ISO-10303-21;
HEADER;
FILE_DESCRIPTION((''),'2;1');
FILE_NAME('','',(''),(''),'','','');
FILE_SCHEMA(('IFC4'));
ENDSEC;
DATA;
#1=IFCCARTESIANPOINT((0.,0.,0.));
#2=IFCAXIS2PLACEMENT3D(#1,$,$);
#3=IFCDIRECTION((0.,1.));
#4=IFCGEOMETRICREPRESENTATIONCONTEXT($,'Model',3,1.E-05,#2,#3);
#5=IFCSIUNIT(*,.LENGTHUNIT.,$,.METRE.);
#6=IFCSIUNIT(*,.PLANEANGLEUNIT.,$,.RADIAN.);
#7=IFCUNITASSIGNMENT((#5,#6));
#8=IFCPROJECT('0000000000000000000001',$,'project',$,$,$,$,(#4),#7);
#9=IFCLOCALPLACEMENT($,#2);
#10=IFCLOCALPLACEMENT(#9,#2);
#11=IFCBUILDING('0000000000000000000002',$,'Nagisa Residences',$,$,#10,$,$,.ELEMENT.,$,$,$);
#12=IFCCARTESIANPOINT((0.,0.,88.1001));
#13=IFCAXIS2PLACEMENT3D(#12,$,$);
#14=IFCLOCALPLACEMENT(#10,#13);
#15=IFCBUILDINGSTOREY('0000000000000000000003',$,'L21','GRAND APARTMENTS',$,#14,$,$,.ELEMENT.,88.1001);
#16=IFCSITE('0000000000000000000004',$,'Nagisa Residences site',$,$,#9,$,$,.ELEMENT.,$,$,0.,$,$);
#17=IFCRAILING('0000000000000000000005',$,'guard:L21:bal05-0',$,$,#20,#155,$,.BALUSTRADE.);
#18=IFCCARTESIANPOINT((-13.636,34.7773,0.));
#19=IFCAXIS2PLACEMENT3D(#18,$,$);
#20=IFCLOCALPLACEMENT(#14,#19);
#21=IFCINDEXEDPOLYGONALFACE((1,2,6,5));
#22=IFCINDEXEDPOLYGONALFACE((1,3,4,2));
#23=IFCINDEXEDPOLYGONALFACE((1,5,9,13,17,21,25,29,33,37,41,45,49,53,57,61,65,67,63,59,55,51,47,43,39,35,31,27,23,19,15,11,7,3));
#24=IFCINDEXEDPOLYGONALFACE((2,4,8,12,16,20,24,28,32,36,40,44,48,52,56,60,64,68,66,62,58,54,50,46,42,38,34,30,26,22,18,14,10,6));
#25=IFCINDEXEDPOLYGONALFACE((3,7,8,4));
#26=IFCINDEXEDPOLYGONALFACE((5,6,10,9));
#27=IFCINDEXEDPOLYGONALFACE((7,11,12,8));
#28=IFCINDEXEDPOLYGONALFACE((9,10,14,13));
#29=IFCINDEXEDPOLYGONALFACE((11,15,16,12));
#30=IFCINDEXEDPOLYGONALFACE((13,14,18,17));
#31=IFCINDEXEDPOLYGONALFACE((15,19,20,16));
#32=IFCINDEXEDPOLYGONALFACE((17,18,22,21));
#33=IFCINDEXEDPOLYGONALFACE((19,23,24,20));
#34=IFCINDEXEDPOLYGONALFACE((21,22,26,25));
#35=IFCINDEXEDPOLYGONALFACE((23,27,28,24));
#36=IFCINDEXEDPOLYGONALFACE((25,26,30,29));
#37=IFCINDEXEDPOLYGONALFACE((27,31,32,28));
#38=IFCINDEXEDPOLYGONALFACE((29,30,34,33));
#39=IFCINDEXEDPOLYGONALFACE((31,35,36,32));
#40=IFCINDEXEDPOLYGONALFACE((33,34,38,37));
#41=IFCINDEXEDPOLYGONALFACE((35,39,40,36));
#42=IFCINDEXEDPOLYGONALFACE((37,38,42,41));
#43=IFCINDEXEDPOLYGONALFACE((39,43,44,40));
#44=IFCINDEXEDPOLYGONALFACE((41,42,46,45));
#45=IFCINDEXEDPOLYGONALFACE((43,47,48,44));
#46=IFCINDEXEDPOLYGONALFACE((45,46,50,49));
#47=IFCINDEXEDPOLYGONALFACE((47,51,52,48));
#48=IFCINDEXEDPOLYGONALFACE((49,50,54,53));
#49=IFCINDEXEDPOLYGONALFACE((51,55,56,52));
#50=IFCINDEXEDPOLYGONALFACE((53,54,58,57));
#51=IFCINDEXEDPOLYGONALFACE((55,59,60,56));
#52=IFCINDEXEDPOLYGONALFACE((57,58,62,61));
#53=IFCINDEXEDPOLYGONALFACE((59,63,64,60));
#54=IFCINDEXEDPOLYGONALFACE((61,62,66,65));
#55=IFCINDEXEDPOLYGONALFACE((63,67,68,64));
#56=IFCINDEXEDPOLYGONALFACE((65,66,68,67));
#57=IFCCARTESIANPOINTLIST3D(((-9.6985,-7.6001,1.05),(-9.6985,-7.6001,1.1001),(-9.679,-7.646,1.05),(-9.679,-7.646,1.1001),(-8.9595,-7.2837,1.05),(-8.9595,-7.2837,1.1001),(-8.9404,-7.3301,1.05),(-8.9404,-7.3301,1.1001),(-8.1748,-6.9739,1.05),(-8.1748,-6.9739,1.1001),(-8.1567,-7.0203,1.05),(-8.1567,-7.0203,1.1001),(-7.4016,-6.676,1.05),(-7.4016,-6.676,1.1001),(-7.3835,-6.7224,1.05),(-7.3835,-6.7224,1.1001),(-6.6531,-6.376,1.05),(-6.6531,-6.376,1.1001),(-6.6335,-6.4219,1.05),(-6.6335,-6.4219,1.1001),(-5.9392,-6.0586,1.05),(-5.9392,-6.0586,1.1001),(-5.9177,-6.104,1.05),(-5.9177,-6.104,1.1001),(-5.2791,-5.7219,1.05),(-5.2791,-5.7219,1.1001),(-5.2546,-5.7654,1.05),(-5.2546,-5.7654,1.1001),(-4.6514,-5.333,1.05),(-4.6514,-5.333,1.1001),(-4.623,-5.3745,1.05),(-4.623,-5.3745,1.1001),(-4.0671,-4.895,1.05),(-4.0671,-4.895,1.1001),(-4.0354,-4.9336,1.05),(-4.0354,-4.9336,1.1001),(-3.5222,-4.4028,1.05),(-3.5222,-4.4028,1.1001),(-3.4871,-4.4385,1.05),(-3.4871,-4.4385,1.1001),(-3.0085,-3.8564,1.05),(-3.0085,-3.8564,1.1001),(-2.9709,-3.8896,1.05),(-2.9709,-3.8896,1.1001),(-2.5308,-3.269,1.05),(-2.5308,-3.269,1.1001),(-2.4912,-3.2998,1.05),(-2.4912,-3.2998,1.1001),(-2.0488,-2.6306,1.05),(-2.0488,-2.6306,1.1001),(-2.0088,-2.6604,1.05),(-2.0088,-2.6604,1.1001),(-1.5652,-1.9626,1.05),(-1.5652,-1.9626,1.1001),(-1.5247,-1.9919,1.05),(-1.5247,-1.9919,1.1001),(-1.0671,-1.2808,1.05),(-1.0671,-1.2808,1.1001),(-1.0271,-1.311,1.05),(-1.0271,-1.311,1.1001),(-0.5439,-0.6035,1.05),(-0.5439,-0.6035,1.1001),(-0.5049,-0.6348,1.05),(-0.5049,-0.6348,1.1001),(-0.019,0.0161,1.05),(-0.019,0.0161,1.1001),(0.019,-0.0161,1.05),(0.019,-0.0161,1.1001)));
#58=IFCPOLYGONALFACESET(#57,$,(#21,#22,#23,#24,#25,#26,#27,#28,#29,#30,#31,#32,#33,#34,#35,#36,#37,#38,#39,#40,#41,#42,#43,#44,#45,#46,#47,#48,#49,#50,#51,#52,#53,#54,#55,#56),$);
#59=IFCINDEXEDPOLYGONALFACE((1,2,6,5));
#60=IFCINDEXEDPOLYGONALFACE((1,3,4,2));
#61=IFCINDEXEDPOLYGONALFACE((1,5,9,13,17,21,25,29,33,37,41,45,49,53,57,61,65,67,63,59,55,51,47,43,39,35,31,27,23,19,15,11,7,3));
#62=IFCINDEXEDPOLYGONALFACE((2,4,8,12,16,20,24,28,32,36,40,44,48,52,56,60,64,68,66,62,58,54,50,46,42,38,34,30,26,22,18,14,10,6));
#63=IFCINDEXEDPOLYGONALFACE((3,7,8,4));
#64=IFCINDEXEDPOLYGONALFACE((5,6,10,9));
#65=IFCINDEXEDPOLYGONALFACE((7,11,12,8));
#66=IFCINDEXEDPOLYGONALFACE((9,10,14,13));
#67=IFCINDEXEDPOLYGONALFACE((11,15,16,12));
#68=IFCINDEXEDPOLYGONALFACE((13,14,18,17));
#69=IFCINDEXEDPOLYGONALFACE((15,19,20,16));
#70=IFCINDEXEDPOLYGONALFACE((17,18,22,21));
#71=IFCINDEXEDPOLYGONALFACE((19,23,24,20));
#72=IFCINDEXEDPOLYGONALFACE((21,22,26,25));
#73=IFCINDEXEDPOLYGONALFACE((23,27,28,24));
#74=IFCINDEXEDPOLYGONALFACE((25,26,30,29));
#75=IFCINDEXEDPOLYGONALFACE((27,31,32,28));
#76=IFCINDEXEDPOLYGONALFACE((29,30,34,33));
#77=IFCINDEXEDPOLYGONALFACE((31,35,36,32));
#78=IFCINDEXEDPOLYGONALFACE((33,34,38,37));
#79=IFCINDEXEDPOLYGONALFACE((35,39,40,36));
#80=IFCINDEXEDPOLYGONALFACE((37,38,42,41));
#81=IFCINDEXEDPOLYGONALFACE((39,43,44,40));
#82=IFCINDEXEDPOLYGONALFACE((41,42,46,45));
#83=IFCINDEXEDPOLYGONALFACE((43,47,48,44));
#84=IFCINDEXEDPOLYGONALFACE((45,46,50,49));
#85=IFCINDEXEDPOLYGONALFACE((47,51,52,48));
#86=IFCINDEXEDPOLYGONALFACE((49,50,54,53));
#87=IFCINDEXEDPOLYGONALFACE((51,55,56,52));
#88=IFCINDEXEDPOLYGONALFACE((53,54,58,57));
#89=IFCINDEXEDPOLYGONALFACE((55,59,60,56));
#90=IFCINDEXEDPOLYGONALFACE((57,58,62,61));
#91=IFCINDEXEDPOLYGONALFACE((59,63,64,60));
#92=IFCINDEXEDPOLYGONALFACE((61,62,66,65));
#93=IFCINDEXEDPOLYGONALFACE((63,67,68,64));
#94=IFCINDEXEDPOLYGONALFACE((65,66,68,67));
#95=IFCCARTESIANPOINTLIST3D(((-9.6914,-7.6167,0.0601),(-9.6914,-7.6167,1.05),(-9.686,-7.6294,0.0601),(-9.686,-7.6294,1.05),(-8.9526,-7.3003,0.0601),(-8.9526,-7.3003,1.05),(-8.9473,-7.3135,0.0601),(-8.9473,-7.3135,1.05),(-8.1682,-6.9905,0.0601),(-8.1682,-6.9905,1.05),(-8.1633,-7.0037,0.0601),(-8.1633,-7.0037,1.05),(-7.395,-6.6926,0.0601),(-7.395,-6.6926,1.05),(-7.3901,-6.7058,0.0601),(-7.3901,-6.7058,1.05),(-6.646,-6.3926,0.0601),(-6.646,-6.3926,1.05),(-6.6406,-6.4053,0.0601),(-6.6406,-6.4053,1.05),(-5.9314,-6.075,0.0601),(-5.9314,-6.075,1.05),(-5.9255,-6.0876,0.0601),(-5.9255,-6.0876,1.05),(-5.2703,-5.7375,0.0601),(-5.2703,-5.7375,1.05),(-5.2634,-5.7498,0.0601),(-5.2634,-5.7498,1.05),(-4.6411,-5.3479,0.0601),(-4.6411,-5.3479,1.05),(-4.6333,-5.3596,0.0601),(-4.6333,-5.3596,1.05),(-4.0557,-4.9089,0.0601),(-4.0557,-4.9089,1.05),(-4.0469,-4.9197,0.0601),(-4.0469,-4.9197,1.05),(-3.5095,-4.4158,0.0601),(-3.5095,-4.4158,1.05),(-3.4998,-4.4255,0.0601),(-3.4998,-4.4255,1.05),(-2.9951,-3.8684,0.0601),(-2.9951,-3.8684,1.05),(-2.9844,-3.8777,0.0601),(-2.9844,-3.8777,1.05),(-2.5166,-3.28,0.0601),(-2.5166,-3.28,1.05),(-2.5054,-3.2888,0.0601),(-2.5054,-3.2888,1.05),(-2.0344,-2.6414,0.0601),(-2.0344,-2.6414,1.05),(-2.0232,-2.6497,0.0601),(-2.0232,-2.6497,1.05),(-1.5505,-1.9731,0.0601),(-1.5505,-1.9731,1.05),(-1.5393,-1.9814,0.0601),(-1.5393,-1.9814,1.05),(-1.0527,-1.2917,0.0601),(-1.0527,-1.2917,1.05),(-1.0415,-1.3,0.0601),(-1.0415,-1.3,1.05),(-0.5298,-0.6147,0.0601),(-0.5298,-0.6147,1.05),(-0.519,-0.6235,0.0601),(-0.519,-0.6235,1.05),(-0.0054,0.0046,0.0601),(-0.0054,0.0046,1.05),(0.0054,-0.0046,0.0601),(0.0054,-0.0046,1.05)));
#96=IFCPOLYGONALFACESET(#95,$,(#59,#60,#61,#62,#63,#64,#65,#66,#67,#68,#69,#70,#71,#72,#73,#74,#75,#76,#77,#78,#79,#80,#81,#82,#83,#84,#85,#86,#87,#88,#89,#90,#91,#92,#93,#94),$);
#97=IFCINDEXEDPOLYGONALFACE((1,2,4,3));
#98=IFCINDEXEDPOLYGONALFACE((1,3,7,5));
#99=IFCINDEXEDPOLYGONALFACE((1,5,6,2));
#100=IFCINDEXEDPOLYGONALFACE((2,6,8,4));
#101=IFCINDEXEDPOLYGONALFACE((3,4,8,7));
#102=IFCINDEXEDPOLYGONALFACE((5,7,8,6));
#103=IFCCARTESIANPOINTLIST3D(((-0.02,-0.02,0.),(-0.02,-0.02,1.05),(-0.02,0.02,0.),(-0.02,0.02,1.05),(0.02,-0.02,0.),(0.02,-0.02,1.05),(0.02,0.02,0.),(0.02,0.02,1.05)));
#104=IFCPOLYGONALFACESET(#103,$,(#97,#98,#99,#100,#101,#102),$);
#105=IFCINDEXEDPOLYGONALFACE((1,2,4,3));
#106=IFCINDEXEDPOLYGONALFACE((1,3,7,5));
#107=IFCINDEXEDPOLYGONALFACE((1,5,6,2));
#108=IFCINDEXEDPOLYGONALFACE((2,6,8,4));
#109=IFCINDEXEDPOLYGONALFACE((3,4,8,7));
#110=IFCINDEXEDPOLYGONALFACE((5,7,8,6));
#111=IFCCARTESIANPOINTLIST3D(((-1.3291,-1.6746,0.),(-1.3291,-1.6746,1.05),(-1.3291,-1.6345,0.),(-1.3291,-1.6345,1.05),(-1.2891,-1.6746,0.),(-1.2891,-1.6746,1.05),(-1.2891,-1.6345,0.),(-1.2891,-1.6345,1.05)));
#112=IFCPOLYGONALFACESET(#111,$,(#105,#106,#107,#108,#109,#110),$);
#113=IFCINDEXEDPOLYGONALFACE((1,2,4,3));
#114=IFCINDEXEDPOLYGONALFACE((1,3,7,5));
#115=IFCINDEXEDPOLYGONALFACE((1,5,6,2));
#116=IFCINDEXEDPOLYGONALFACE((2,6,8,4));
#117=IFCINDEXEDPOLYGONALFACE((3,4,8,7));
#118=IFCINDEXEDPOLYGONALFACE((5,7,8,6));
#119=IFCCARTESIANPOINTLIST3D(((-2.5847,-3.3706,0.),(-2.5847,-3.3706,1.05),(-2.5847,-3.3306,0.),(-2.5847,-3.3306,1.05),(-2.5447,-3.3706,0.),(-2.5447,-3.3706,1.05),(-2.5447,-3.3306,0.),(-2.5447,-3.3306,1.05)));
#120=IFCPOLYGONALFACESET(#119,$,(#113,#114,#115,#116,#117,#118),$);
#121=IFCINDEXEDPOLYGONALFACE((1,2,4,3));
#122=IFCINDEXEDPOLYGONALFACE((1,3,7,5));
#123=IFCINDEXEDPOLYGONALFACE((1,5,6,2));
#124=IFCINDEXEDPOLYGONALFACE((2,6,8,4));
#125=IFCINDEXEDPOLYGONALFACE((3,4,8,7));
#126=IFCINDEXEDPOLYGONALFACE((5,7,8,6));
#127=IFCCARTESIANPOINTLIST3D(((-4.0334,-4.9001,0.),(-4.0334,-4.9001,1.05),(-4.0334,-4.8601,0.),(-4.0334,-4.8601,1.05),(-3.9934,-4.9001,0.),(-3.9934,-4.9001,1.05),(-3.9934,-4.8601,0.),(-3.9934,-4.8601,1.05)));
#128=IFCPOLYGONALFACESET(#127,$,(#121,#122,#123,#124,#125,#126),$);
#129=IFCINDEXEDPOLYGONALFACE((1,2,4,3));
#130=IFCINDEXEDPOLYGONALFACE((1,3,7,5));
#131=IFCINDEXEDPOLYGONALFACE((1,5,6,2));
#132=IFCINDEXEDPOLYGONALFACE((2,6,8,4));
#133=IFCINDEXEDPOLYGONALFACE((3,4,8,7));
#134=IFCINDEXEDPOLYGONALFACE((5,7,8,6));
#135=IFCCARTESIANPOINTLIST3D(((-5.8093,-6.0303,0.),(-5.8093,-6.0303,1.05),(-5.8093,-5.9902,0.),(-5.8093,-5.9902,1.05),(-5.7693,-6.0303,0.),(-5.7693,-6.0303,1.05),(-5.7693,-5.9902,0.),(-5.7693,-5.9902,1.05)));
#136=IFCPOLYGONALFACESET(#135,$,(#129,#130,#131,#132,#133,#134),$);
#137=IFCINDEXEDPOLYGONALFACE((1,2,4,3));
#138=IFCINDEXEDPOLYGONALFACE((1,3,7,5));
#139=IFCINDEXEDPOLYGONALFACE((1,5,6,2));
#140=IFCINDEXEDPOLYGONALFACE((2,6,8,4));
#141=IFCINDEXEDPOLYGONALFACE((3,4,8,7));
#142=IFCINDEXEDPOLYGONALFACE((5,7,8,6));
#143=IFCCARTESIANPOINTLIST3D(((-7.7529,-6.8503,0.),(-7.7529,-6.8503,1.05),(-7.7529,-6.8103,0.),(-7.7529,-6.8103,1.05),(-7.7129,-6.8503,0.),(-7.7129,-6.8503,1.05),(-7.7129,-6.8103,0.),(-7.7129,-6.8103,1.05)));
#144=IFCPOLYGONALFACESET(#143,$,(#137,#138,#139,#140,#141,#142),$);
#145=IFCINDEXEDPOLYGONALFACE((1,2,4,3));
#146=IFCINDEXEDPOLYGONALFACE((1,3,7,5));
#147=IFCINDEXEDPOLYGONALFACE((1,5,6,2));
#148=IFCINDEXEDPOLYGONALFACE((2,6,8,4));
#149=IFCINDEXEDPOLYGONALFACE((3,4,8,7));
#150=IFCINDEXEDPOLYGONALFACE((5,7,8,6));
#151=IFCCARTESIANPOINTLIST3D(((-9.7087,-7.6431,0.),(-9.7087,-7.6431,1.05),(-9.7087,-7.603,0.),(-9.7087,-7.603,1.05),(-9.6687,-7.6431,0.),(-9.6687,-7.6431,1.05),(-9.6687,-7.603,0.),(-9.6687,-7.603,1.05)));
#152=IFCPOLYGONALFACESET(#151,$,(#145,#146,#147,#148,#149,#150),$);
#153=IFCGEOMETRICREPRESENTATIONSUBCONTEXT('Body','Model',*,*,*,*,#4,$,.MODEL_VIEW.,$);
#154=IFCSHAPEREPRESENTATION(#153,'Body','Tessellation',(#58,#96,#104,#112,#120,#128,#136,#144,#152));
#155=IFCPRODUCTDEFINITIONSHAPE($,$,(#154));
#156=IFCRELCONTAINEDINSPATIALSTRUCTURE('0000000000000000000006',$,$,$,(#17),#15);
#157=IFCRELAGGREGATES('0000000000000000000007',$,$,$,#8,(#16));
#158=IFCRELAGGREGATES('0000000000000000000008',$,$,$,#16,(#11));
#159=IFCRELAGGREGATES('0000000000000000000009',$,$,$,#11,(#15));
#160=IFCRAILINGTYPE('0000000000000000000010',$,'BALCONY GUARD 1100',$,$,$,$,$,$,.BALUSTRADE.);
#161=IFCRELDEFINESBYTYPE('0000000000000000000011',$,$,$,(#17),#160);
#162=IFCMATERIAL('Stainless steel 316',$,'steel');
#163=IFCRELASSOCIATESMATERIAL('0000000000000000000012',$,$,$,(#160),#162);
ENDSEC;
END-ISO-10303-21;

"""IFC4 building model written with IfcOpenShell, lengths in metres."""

from ifc_helpers import new_model, si_unit, direction, frame, origin, origin_2d, place, context, subcontext, project, spatial, polyline, rectangle, outline, extrude, material, type_object, element, save


model = new_model("IFC4")

# Units and contexts
model_context = context("Model", 3, precision=1e-05, world=origin(), true_north=direction((0.0, 1.0)))
body_context = subcontext(model_context, "Body", "Model", "MODEL_VIEW")
ifc_project = project(units=[si_unit("LENGTHUNIT", "METRE"), si_unit("PLANEANGLEUNIT", "RADIAN")], contexts=[model_context])

# Site, building, storey
site_placement = place(None, origin())
site = spatial("IfcSite", under=ifc_project, at=site_placement, Name="Nagisa Residences site", CompositionType="ELEMENT", RefElevation=0.0)
building_placement = place(site_placement, origin())
building = spatial("IfcBuilding", under=site, at=building_placement, Name="Nagisa Residences", CompositionType="ELEMENT")
storey_placement = place(building_placement, frame((0.0, 0.0, 88.1001)))
storey = spatial("IfcBuildingStorey", under=building, at=storey_placement, Name="L21", Description="GRAND APARTMENTS", CompositionType="ELEMENT", Elevation=88.1001)

# Railing
ifc_material_1 = material(Name="Stainless steel 316", Category="steel")
railing_type = type_object("IfcRailingType", Name="BALCONY GUARD 1100", PredefinedType="BALUSTRADE", material=ifc_material_1)
railing_1_placement = place(storey_placement, frame((-13.636, 34.7773, 0.0)))
element("IfcRailing", 1, at=railing_1_placement, inside=storey, type_object=railing_type, Name="guard:L21:bal05-0", PredefinedType="BALUSTRADE", context=body_context, shape_type="SweptSolid", body=[
    extrude(outline(polyline([(-0.5049, -0.6348), (0.019, -0.0161), (-0.019, 0.0161), (-0.5439, -0.6035), (-1.0671, -1.2808), (-1.5652, -1.9626), (-2.0488, -2.6306), (-2.5308, -3.269), (-3.0085, -3.8564), (-3.5222, -4.4028), (-4.0671, -4.895), (-4.6514, -5.333), (-5.2791, -5.7219), (-5.9392, -6.0586), (-6.6531, -6.376), (-7.4016, -6.676), (-8.1748, -6.9739), (-8.9595, -7.2837), (-9.6985, -7.6001), (-9.679, -7.646), (-8.9404, -7.3301), (-8.1567, -7.0203), (-7.3835, -6.7224), (-6.6335, -6.4219), (-5.9177, -6.104), (-5.2546, -5.7654), (-4.623, -5.3745), (-4.0354, -4.9336), (-3.4871, -4.4385), (-2.9709, -3.8896), (-2.4912, -3.2998), (-2.0088, -2.6604), (-1.5247, -1.9919), (-1.0271, -1.311), (-0.5049, -0.6348)])), frame((0.0, 0.0, 1.05)), (0.0, 0.0, 1.0), 0.05),
    extrude(outline(polyline([(-0.519, -0.6235), (0.0054, -0.0046), (-0.0054, 0.0046), (-0.5298, -0.6147), (-1.0527, -1.2917), (-1.5505, -1.9731), (-2.0344, -2.6414), (-2.5166, -3.28), (-2.9951, -3.8684), (-3.5095, -4.4158), (-4.0557, -4.9089), (-4.6411, -5.3479), (-5.2703, -5.7375), (-5.9314, -6.075), (-6.646, -6.3926), (-7.395, -6.6926), (-8.1682, -6.9905), (-8.9526, -7.3003), (-9.6914, -7.6167), (-9.686, -7.6294), (-8.9473, -7.3135), (-8.1633, -7.0037), (-7.3901, -6.7058), (-6.6406, -6.4053), (-5.9255, -6.0876), (-5.2634, -5.7498), (-4.6333, -5.3596), (-4.0469, -4.9197), (-3.4998, -4.4255), (-2.9844, -3.8777), (-2.5054, -3.2888), (-2.0232, -2.6497), (-1.5393, -1.9814), (-1.0415, -1.3), (-0.519, -0.6235)])), frame((0.0, 0.0, 0.0601)), (0.0, 0.0, 1.0), 0.99),
    extrude(rectangle(XDim=0.04, YDim=0.04, at=origin_2d()), origin(), (0.0, 0.0, 1.0), 1.05),
    extrude(rectangle(XDim=0.04, YDim=0.04, at=origin_2d()), frame((-1.3091, -1.6545, 0.0)), (0.0, 0.0, 1.0), 1.05),
    extrude(rectangle(XDim=0.04, YDim=0.04, at=origin_2d()), frame((-2.5647, -3.3506, 0.0)), (0.0, 0.0, 1.0), 1.05),
    extrude(rectangle(XDim=0.04, YDim=0.04, at=origin_2d()), frame((-4.0134, -4.8801, 0.0)), (0.0, 0.0, 1.0), 1.05),
    extrude(rectangle(XDim=0.04, YDim=0.04, at=origin_2d()), frame((-5.7893, -6.0103, 0.0)), (0.0, 0.0, 1.0), 1.05),
    extrude(rectangle(XDim=0.04, YDim=0.04, at=origin_2d()), frame((-7.7329, -6.8303, 0.0)), (0.0, 0.0, 1.0), 1.05),
    extrude(rectangle(XDim=0.04, YDim=0.04, at=origin_2d()), frame((-9.6887, -7.623, 0.0)), (0.0, 0.0, 1.0), 1.05),
])

save(model, "model.ifc")
